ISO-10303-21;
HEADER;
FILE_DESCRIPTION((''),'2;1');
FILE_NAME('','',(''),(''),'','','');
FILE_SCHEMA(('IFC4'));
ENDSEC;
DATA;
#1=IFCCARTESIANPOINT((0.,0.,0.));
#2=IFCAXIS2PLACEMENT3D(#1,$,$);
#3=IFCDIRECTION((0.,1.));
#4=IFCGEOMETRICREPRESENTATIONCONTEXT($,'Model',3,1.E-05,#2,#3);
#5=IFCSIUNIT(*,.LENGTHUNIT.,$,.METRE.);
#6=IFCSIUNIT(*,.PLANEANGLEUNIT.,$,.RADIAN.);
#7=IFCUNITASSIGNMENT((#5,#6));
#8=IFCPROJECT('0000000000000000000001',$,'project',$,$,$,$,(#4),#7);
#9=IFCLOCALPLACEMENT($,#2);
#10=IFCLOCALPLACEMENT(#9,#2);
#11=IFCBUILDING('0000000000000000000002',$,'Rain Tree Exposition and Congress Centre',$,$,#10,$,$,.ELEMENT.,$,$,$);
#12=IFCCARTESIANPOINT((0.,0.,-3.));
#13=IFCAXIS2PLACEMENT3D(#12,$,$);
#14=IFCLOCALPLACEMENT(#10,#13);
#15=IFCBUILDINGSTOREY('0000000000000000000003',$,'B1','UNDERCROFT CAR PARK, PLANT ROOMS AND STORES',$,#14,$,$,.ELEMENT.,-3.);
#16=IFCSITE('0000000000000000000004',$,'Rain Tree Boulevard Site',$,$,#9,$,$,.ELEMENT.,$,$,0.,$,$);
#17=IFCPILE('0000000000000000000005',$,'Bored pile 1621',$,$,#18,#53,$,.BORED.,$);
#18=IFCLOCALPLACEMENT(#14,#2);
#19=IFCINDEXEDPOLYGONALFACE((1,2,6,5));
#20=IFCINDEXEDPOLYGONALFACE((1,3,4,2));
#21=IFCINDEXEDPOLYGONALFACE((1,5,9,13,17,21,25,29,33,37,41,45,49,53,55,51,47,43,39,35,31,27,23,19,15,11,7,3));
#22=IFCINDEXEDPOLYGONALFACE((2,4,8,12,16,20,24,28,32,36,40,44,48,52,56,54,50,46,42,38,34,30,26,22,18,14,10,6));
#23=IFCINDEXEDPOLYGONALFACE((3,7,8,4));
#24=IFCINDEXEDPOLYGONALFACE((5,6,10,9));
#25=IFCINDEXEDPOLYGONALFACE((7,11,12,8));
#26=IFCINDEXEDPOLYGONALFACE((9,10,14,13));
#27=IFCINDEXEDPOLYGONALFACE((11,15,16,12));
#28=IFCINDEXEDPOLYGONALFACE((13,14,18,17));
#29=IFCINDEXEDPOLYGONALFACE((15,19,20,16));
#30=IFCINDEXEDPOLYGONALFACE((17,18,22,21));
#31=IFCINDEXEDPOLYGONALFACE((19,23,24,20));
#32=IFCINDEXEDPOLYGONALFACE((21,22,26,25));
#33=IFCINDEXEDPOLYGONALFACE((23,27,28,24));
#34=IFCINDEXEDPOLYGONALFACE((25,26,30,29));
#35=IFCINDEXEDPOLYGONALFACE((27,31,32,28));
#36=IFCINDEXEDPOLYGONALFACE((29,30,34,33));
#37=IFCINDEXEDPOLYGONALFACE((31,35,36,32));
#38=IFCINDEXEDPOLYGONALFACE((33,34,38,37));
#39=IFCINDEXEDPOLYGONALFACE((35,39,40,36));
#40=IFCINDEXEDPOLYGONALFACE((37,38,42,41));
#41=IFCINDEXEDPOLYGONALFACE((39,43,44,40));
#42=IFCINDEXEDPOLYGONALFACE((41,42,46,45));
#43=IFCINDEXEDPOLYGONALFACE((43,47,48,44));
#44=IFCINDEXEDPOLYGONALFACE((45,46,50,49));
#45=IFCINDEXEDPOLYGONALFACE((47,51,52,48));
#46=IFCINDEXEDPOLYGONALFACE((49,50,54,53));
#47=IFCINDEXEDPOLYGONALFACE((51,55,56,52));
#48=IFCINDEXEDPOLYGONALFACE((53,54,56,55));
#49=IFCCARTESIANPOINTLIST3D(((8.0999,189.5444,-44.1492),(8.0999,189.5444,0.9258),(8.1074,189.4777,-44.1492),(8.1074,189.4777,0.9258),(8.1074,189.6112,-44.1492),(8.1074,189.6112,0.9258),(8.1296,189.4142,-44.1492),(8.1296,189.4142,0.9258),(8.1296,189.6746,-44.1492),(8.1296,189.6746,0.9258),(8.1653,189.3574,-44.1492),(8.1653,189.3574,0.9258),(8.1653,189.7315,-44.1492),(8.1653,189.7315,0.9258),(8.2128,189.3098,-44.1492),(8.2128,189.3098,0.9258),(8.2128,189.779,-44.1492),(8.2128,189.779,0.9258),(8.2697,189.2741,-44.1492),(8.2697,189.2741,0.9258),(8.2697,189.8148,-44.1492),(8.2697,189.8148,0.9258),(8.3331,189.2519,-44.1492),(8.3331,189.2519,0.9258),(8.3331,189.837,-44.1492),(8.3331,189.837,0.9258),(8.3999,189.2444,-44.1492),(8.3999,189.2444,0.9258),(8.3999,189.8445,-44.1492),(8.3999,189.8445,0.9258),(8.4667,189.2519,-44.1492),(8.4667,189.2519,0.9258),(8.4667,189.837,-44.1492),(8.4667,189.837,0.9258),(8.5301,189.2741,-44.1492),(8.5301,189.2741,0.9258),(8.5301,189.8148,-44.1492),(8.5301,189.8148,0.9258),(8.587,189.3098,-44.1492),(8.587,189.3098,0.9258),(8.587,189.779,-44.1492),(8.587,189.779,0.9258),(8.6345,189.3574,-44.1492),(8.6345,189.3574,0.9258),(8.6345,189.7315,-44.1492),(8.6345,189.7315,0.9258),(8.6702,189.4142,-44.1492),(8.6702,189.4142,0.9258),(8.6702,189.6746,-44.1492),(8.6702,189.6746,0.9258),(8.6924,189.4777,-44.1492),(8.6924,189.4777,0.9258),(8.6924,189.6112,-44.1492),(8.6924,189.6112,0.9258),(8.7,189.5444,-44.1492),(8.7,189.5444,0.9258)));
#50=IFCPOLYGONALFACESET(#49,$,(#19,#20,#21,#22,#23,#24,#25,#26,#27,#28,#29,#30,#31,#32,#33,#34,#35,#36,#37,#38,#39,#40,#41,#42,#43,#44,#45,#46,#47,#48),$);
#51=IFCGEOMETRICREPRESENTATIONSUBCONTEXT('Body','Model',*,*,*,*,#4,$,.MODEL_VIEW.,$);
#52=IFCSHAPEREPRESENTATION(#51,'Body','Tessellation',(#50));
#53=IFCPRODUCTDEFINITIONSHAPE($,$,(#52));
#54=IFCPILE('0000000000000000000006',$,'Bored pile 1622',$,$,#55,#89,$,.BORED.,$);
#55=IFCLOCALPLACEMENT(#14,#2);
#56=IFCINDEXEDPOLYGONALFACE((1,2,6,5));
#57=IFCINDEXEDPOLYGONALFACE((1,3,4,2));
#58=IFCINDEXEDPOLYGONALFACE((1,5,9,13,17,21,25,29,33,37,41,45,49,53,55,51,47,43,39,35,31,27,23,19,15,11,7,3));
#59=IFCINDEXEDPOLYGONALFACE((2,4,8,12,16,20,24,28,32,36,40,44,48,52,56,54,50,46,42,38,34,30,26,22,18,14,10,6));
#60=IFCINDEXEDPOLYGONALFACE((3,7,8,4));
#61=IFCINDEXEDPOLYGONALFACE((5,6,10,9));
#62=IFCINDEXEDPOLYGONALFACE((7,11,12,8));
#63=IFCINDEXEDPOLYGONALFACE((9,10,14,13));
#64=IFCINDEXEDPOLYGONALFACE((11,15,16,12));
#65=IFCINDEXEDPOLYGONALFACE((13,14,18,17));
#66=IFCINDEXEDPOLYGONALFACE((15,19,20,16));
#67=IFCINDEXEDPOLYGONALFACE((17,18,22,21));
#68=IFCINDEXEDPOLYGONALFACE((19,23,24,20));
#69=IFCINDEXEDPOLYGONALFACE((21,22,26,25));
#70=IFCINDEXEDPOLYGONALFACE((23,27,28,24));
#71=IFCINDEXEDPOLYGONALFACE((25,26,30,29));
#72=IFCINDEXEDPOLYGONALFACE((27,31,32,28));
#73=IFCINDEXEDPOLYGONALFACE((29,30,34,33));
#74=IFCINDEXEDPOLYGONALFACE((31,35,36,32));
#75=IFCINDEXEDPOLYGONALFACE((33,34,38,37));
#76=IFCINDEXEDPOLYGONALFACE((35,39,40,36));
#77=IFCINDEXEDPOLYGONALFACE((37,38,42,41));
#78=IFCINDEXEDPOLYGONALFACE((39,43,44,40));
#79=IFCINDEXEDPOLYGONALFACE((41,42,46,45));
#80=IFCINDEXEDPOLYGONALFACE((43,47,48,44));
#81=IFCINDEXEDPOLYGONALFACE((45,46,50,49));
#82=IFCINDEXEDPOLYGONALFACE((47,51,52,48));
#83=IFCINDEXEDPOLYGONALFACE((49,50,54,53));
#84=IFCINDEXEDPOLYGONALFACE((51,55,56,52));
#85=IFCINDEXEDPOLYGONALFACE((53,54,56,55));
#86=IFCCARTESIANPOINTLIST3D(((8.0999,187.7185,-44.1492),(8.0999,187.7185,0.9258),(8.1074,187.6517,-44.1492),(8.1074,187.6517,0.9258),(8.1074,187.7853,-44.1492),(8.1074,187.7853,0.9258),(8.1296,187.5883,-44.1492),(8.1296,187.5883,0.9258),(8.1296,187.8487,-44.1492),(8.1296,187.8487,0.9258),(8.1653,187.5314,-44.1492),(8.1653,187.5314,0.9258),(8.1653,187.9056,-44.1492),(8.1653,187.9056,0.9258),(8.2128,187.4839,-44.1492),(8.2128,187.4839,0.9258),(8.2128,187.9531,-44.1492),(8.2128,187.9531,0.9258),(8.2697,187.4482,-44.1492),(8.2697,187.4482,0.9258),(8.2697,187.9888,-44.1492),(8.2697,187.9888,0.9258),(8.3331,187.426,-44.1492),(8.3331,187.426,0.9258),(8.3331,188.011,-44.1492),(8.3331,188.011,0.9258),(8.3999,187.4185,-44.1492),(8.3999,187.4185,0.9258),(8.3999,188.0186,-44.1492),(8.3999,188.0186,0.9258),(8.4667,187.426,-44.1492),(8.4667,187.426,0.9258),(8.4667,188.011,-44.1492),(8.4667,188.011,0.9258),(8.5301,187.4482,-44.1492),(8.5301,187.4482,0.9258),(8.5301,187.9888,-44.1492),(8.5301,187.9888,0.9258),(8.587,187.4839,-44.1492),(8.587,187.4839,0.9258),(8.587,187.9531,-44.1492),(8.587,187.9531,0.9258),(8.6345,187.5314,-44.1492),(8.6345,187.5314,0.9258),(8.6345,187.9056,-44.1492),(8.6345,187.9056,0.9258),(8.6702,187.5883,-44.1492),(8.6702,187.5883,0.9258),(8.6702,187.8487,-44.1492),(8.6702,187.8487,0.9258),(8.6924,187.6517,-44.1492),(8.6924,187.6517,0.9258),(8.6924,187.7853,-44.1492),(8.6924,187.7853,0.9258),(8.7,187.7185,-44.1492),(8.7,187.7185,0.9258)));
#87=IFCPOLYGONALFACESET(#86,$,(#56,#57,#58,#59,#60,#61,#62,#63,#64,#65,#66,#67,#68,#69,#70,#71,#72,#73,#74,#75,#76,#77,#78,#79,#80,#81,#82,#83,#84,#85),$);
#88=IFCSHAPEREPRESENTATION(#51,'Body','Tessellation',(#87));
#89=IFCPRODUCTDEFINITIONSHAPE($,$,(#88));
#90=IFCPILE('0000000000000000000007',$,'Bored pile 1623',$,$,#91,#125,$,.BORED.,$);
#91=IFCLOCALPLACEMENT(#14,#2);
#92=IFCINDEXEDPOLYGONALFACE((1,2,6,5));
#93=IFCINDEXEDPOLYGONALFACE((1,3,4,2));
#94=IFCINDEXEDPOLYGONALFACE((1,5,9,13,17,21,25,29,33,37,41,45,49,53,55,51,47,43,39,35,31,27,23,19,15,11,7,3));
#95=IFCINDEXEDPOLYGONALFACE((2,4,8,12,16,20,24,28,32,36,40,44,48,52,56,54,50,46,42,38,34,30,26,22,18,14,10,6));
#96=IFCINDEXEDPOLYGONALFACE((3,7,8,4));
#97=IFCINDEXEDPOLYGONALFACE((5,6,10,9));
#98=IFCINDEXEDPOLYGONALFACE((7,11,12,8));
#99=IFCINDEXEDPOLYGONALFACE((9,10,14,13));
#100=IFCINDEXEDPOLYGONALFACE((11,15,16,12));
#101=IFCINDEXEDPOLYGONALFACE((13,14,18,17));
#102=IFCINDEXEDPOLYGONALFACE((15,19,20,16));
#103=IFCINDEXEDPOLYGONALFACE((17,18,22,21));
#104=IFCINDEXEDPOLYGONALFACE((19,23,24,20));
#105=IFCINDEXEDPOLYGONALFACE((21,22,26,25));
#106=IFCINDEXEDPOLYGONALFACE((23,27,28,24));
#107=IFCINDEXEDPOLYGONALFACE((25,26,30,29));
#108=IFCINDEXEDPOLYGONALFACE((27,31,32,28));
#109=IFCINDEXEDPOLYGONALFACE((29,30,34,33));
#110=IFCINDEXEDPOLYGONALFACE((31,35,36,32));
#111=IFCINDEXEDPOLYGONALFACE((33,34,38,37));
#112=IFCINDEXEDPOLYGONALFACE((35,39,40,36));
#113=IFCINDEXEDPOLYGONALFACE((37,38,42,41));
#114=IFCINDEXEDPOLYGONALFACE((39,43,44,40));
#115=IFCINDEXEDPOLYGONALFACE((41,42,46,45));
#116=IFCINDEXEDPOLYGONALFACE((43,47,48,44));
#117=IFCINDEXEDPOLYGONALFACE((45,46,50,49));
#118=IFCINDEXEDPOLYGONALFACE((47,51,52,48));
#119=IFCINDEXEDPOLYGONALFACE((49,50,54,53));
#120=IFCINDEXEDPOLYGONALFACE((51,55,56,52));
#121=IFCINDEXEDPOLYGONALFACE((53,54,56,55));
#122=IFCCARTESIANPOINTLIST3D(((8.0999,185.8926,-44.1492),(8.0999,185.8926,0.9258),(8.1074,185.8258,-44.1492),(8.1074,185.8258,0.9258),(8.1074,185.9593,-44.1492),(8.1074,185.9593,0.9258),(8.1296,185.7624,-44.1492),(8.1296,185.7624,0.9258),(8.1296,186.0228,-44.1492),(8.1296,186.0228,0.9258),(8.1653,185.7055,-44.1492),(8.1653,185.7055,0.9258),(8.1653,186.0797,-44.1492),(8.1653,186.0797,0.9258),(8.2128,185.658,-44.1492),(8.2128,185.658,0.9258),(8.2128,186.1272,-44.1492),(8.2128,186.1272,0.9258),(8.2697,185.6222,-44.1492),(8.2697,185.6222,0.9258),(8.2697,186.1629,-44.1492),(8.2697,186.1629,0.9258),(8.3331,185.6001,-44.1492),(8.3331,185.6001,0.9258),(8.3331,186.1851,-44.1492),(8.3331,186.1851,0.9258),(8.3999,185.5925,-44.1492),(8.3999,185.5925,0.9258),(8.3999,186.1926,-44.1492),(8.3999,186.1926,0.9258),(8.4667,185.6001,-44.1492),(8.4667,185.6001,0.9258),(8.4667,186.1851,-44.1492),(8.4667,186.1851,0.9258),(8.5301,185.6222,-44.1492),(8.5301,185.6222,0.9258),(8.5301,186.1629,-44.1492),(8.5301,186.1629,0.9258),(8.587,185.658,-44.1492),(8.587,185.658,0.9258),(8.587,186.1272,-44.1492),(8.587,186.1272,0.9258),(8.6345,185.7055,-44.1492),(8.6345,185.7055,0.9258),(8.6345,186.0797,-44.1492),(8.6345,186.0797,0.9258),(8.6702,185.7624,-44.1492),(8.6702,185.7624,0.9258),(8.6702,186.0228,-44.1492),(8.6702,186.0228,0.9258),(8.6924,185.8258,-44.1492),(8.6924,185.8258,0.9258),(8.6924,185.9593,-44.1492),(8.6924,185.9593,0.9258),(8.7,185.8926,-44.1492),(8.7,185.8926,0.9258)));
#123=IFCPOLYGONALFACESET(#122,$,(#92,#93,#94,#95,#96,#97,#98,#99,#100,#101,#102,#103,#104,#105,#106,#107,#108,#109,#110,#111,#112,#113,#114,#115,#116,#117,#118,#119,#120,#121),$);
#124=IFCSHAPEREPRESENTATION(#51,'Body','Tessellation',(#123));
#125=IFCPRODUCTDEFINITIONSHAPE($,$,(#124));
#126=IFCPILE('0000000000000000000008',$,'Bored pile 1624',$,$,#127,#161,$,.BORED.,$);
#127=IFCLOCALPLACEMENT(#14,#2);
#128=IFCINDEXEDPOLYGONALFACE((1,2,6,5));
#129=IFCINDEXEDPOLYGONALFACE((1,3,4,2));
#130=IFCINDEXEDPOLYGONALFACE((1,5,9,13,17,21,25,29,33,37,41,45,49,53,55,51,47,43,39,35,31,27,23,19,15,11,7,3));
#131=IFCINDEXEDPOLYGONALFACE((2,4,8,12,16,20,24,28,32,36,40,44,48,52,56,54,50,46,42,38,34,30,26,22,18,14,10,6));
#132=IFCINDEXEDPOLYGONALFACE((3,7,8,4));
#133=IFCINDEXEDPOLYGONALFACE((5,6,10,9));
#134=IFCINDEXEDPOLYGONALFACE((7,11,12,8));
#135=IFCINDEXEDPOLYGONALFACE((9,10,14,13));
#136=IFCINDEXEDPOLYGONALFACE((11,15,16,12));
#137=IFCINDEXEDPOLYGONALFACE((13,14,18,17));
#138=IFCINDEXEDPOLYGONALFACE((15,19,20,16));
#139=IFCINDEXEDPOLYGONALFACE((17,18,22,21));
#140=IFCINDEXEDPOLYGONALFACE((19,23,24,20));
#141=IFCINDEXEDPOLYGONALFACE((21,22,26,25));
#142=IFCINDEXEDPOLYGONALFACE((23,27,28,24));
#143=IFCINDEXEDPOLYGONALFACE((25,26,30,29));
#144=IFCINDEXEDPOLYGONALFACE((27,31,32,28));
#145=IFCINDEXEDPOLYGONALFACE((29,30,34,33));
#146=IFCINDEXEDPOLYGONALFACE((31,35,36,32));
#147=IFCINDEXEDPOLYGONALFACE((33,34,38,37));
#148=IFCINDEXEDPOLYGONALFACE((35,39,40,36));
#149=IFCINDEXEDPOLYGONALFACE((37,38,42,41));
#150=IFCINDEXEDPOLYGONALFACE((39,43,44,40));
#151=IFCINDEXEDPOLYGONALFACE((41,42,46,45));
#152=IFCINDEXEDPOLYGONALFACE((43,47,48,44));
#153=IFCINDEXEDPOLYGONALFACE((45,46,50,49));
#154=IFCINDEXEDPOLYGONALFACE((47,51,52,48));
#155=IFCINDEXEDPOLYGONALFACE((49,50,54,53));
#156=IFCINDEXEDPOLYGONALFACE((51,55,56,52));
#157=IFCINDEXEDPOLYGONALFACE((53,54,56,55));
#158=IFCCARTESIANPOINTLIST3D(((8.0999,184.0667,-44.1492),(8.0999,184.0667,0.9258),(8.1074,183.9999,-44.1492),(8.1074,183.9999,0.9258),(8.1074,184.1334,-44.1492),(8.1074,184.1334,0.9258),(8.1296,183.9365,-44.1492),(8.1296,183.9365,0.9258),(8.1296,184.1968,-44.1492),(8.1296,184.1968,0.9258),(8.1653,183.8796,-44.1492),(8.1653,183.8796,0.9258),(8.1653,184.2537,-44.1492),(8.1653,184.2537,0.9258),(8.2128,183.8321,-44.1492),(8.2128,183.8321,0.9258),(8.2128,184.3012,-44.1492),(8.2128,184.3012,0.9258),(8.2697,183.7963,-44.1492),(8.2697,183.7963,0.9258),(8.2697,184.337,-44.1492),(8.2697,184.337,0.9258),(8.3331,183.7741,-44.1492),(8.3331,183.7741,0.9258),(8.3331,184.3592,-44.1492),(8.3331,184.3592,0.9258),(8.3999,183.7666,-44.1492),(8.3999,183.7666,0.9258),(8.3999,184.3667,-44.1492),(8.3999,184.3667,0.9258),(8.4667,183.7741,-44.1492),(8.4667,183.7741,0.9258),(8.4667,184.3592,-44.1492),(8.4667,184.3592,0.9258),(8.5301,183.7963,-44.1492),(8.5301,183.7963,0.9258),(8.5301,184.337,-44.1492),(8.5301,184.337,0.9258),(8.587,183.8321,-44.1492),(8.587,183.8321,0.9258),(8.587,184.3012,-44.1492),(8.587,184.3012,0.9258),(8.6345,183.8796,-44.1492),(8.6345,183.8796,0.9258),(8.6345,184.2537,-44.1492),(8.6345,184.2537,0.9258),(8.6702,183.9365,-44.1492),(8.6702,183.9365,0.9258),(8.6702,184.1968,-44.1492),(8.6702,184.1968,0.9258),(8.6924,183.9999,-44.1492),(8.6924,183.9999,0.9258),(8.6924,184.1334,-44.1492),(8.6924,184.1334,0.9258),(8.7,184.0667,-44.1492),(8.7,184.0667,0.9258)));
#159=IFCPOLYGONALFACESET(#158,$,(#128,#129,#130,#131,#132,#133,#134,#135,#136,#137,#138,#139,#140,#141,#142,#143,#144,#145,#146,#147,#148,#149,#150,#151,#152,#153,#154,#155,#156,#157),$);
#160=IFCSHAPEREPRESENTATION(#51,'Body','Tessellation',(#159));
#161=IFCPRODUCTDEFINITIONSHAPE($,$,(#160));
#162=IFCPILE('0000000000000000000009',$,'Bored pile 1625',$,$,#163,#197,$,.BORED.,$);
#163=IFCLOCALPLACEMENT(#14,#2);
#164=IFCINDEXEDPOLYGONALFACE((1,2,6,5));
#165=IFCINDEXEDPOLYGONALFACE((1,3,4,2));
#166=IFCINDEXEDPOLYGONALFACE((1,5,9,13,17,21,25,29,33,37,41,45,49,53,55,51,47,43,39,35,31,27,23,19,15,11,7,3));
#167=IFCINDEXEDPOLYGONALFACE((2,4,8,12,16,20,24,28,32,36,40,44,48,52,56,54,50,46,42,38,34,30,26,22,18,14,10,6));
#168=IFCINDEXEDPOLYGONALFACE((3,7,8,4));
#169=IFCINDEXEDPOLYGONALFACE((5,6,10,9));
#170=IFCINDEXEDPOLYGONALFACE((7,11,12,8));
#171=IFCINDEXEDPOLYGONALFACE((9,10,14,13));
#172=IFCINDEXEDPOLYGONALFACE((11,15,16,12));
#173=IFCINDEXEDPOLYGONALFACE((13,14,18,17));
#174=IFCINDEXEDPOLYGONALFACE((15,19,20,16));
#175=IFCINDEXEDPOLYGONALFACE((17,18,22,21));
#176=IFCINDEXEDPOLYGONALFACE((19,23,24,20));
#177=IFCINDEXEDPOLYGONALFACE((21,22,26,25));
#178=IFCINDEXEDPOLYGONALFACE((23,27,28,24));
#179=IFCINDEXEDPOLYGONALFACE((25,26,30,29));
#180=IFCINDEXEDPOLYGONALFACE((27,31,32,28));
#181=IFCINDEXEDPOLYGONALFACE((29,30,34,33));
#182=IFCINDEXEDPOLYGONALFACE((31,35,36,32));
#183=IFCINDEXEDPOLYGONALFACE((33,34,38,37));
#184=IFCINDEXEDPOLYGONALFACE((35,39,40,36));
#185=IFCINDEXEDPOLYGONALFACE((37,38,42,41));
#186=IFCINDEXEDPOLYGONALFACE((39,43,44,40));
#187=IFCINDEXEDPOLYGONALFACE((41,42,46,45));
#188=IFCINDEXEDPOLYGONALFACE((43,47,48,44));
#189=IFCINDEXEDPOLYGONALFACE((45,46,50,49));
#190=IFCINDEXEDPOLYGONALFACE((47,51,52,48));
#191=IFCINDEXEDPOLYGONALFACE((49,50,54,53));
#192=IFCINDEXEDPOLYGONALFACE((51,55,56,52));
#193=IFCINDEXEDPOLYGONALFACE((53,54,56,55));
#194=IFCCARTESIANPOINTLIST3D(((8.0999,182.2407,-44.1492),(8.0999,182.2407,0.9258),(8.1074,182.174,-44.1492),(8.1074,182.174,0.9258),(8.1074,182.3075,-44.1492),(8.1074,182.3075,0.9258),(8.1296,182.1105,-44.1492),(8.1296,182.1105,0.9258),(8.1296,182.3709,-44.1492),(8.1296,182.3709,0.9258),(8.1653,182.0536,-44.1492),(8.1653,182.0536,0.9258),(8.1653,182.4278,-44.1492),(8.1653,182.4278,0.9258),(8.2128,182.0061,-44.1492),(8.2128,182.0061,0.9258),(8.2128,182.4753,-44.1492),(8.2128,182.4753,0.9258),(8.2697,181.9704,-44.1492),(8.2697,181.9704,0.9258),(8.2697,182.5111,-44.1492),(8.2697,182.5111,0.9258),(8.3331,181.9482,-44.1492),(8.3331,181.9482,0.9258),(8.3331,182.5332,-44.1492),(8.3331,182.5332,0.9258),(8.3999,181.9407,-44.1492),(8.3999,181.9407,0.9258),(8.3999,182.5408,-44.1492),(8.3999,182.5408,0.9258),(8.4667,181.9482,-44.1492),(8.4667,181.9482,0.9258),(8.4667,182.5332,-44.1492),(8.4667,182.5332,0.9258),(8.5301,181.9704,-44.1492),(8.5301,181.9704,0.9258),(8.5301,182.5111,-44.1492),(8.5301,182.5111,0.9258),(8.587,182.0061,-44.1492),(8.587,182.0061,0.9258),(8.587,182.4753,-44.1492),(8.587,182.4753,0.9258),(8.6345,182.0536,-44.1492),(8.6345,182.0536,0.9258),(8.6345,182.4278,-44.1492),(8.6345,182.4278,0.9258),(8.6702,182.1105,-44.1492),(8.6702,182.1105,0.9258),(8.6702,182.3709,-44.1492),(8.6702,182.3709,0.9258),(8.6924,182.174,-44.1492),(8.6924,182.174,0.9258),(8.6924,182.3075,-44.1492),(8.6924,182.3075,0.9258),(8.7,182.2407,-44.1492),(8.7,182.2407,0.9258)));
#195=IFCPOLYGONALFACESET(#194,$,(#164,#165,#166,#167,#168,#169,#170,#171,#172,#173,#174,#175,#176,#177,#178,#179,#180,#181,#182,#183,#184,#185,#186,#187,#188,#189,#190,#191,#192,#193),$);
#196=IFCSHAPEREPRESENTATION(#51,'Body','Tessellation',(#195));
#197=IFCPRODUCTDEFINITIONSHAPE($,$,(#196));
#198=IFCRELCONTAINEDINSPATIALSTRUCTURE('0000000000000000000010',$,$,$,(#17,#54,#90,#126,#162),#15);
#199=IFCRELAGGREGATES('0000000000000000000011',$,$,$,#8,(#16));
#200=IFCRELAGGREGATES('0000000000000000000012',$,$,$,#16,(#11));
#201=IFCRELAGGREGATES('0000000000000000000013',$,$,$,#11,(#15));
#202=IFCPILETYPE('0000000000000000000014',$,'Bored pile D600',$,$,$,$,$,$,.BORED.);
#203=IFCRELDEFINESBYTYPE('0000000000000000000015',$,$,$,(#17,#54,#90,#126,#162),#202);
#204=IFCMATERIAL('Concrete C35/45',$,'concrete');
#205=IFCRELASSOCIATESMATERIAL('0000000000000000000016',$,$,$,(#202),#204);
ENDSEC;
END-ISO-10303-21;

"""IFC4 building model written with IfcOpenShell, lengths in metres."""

from ifc_helpers import new_model, si_unit, direction, frame, origin, origin_2d, place, context, subcontext, project, spatial, circle, extrude, material, material_profile, profile_set, type_object, element, save


model = new_model("IFC4")

# Units and contexts
model_context = context("Model", 3, precision=1e-05, world=origin(), true_north=direction((0.0, 1.0)))
body_context = subcontext(model_context, "Body", "Model", "MODEL_VIEW")
ifc_project = project(units=[si_unit("LENGTHUNIT", "METRE"), si_unit("PLANEANGLEUNIT", "RADIAN")], contexts=[model_context])

# Site, building, storey
site_placement = place(None, origin())
site = spatial("IfcSite", under=ifc_project, at=site_placement, Name="Rain Tree Boulevard Site", CompositionType="ELEMENT", RefElevation=0.0)
building_placement = place(site_placement, origin())
building = spatial("IfcBuilding", under=site, at=building_placement, Name="Rain Tree Exposition and Congress Centre", CompositionType="ELEMENT")
storey_placement = place(building_placement, frame((0.0, 0.0, -3.0)))
storey = spatial("IfcBuildingStorey", under=building, at=storey_placement, Name="B1", Description="UNDERCROFT CAR PARK, PLANT ROOMS AND STORES", CompositionType="ELEMENT", Elevation=-3.0)

# Piles
ifc_material_1 = material(Name="Concrete C35/45", Category="concrete")
ifc_material_profile_1 = material_profile(ifc_material_1, circle(Radius=0.3, at=origin_2d()), Name="D600")
ifc_profile_set_1 = profile_set([ifc_material_profile_1], Name="Concrete C35/45")
pile_type_1 = type_object("IfcPileType", Name="Bored pile D600", PredefinedType="BORED", material=ifc_profile_set_1)
for number, where, z_axis, x_axis, name in (
    (1, (8.3999, 189.5444, 0.9258), (0.0, 0.0, -1.0), (1.0, 0.0, 0.0), "Bored pile 1621"),
    (2, (8.3999, 187.7185, 0.9258), (0.0, 0.0, -1.0), (1.0, 0.0, 0.0), "Bored pile 1622"),
    (3, (8.3999, 185.8926, 0.9258), (0.0, 0.0, -1.0), (1.0, 0.0, 0.0), "Bored pile 1623"),
    (4, (8.3999, 184.0667, 0.9258), (0.0, 0.0, -1.0), (1.0, 0.0, 0.0), "Bored pile 1624"),
    (5, (8.3999, 182.2407, 0.9258), (0.0, 0.0, -1.0), (1.0, 0.0, 0.0), "Bored pile 1625"),
):
    element("IfcPile", number, at=place(storey_placement, frame(where, z_axis=z_axis, x_axis=x_axis)), inside=storey, type_object=pile_type_1, Name=name, PredefinedType="BORED", context=body_context, shape_type="SweptSolid", body=[
        extrude(circle(Radius=0.3, at=origin_2d()), origin(), (0.0, 0.0, 1.0), 45.075),
    ])

save(model, "model.ifc")
